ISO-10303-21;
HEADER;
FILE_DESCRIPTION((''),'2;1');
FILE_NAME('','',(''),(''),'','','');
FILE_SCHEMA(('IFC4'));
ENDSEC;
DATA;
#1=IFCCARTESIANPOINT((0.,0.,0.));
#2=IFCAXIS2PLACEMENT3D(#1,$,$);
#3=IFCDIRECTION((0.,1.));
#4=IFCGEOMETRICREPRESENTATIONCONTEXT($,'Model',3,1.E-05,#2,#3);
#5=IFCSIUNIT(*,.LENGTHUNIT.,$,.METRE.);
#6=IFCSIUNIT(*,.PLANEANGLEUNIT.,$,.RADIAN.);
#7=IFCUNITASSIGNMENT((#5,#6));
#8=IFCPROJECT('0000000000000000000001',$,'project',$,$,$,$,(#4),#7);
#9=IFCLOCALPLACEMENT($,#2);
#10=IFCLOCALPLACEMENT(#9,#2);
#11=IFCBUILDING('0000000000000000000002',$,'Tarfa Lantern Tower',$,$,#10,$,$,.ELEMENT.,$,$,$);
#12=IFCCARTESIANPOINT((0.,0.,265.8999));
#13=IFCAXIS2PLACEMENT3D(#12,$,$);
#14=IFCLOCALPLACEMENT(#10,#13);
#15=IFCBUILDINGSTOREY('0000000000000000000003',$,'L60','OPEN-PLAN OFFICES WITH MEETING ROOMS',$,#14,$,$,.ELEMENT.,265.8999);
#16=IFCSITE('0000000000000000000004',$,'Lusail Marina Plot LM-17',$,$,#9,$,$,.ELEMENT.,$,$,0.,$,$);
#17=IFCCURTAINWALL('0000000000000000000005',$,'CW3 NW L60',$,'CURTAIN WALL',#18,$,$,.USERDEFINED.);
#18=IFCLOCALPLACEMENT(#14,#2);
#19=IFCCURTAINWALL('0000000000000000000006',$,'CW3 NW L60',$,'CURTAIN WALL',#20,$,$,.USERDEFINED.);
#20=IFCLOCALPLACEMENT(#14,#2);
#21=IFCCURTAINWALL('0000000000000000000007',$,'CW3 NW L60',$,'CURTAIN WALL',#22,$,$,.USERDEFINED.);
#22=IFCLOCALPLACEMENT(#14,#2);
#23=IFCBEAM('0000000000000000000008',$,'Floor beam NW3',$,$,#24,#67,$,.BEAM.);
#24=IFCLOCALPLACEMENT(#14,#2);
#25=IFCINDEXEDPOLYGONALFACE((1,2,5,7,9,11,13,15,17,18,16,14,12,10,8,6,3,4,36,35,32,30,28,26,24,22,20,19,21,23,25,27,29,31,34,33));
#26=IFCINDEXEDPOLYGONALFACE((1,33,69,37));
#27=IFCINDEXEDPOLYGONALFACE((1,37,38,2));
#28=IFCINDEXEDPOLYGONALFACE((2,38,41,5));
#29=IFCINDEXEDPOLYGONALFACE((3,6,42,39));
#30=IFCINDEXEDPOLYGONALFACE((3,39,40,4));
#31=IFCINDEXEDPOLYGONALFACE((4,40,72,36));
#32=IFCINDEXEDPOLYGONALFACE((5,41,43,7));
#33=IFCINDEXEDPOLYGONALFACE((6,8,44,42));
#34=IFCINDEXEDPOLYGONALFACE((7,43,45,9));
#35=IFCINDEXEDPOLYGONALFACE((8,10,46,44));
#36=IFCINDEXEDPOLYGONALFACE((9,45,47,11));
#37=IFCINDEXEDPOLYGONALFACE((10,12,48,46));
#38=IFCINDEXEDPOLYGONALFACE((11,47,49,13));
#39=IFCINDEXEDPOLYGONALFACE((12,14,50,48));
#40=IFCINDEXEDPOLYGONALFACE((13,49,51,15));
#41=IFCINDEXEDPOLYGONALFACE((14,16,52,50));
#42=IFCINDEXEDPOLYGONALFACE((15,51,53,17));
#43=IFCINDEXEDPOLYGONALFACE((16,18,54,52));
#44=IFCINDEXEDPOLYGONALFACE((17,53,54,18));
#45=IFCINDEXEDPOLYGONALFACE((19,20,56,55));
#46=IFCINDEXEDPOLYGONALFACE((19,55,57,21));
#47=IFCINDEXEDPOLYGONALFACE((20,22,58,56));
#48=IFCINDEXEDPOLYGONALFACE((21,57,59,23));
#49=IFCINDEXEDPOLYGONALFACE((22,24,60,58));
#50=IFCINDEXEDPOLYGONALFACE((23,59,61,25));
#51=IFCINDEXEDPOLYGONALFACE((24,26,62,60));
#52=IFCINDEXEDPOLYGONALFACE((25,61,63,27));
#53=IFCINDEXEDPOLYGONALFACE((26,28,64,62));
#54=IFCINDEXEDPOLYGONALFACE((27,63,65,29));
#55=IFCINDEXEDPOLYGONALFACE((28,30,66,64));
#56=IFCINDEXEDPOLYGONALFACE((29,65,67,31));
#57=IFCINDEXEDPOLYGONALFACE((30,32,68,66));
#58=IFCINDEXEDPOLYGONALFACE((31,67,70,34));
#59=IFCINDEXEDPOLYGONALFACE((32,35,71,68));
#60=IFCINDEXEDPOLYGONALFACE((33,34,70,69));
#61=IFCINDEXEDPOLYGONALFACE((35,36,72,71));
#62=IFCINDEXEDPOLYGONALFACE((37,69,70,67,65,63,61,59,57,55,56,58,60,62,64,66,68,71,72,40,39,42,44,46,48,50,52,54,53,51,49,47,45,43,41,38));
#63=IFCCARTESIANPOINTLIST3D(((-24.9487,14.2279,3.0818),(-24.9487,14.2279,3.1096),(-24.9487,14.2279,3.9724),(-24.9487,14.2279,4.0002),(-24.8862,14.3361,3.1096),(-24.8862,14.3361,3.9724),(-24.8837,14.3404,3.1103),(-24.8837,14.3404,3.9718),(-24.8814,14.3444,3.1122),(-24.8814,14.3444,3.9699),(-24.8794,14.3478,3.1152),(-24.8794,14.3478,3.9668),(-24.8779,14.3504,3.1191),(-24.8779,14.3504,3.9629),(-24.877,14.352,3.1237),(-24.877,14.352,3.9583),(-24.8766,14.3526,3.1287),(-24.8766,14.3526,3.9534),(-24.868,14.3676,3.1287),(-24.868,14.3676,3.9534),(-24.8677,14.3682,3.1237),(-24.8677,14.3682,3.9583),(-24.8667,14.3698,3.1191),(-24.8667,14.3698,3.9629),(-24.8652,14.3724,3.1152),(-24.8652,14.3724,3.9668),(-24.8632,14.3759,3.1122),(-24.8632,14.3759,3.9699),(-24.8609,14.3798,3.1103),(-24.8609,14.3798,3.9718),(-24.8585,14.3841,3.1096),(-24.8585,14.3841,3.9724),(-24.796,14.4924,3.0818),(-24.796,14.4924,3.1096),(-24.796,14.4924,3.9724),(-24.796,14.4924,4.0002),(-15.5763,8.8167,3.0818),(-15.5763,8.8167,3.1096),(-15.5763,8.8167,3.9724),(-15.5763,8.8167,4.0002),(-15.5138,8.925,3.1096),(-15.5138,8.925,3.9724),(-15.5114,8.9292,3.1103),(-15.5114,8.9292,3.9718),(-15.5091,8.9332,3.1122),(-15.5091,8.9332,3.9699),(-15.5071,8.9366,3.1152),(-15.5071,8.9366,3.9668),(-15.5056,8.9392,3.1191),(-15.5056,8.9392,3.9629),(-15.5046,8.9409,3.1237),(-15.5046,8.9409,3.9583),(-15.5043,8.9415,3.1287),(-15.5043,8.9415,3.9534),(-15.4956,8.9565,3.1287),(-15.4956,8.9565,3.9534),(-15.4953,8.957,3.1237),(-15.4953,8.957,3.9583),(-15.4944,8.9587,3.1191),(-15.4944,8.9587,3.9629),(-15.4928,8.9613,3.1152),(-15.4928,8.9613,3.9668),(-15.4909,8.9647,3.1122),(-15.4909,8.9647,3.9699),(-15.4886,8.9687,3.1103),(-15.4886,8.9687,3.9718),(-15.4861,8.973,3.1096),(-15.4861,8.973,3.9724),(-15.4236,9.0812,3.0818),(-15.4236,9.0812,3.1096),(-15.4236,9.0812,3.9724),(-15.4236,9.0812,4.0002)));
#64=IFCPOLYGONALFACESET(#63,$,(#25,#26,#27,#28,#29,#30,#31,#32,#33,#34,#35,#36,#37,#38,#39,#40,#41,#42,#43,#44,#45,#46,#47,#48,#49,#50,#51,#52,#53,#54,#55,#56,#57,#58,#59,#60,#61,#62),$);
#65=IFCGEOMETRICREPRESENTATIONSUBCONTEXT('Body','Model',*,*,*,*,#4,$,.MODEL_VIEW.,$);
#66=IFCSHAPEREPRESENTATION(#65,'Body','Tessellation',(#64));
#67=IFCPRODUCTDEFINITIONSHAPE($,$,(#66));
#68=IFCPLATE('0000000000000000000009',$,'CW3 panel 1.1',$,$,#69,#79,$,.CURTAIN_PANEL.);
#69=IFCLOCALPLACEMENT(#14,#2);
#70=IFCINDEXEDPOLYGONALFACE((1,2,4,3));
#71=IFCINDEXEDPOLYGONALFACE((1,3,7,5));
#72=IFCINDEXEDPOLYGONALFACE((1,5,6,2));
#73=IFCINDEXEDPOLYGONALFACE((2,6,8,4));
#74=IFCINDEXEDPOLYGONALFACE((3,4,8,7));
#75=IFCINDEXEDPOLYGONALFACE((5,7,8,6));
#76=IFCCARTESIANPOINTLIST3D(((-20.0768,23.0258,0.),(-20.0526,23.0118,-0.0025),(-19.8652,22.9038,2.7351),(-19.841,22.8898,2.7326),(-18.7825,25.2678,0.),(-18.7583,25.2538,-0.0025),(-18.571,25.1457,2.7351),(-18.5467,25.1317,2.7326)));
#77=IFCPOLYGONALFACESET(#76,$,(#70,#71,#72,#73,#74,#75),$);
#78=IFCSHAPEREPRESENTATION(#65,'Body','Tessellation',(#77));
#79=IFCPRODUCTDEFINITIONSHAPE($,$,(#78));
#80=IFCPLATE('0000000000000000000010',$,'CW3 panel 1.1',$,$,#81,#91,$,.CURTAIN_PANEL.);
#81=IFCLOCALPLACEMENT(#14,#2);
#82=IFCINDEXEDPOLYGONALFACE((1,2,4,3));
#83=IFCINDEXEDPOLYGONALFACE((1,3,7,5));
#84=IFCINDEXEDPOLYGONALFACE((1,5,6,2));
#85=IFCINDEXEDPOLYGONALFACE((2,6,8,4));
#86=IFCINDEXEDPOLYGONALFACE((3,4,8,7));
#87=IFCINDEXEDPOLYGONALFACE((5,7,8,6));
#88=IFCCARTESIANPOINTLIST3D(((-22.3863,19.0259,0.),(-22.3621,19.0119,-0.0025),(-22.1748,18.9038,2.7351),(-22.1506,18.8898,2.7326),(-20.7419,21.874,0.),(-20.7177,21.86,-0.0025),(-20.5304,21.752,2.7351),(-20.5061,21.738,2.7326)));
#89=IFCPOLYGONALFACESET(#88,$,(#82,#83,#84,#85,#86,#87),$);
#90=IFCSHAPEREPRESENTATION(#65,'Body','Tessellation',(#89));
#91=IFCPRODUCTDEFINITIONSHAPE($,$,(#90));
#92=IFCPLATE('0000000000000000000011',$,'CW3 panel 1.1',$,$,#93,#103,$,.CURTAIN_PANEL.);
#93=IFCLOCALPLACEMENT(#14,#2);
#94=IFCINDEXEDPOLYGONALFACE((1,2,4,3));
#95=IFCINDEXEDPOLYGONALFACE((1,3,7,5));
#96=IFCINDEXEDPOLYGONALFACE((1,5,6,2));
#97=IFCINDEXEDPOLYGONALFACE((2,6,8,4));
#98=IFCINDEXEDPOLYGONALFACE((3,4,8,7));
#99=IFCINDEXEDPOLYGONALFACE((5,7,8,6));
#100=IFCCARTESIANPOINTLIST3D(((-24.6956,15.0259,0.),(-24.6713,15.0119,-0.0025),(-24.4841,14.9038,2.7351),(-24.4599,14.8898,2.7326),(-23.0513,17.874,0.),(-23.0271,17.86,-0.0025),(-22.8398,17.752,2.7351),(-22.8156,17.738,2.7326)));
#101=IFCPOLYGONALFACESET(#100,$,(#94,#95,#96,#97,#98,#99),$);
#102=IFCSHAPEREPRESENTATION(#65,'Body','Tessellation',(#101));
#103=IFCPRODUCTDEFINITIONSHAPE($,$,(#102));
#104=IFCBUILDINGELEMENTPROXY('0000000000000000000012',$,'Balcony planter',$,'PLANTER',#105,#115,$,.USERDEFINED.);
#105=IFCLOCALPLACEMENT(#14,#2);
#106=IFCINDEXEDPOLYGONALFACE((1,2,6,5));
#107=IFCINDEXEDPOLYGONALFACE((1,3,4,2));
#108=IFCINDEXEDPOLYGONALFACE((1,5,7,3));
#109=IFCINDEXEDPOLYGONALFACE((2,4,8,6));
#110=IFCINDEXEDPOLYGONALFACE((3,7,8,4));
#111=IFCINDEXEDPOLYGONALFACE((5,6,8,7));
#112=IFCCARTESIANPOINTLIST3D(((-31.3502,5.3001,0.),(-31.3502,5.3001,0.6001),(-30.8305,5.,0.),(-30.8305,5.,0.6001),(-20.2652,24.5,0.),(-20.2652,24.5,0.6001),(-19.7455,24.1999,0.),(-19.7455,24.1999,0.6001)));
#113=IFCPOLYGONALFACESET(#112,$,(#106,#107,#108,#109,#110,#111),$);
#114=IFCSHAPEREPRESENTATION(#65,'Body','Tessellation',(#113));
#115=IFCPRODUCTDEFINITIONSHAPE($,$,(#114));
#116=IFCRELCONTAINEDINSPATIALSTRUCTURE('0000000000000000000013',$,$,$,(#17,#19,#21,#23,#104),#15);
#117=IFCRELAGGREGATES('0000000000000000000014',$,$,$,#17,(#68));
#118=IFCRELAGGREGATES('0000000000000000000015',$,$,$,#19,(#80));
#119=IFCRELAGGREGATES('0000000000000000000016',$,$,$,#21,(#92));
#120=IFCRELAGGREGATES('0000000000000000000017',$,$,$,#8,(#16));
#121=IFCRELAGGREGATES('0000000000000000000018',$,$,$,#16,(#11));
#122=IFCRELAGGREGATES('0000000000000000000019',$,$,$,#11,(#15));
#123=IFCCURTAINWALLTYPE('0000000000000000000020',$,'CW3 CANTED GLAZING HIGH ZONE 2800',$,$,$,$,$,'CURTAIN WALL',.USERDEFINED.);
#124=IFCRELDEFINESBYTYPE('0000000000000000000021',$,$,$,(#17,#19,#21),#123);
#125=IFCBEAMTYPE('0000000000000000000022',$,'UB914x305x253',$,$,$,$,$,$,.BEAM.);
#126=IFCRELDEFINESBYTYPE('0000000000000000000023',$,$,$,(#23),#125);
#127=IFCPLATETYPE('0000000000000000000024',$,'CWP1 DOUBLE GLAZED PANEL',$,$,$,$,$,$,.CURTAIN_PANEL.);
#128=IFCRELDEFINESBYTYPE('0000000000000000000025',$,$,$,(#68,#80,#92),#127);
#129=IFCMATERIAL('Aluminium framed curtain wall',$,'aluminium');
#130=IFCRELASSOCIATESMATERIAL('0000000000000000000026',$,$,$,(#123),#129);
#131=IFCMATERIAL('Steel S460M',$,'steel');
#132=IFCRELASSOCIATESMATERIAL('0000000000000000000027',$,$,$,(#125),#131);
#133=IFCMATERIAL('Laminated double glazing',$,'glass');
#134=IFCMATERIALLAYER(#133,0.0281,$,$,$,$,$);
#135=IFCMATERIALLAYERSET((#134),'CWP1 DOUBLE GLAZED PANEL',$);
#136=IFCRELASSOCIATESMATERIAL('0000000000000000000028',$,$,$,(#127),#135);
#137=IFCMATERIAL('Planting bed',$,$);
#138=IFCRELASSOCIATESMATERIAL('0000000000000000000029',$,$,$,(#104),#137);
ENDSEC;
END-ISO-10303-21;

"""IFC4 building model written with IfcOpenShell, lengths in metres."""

from ifc_helpers import new_model, si_unit, direction, frame, origin, origin_2d, place, context, subcontext, project, spatial, polyline, rectangle, i_section, outline, extrude, material, layer, layer_set, material_profile, profile_set, type_object, element, aggregate, save


model = new_model("IFC4")

# Units and contexts
model_context = context("Model", 3, precision=1e-05, world=origin(), true_north=direction((0.0, 1.0)))
body_context = subcontext(model_context, "Body", "Model", "MODEL_VIEW")
ifc_project = project(units=[si_unit("LENGTHUNIT", "METRE"), si_unit("PLANEANGLEUNIT", "RADIAN")], contexts=[model_context])

# Site, building, storey
site_placement = place(None, origin())
site = spatial("IfcSite", under=ifc_project, at=site_placement, Name="Lusail Marina Plot LM-17", CompositionType="ELEMENT", RefElevation=0.0)
building_placement = place(site_placement, origin())
building = spatial("IfcBuilding", under=site, at=building_placement, Name="Tarfa Lantern Tower", CompositionType="ELEMENT")
storey_placement = place(building_placement, frame((0.0, 0.0, 265.8999)))
storey = spatial("IfcBuildingStorey", under=building, at=storey_placement, Name="L60", Description="OPEN-PLAN OFFICES WITH MEETING ROOMS", CompositionType="ELEMENT", Elevation=265.8999)

# Curtain walls
ifc_material_1 = material(Name="Aluminium framed curtain wall", Category="aluminium")
curtain_wall_type = type_object("IfcCurtainWallType", Name="CW3 CANTED GLAZING HIGH ZONE 2800", ElementType="CURTAIN WALL", PredefinedType="USERDEFINED", material=ifc_material_1)
curtain_wall_1_placement = place(storey_placement, origin())
curtain_wall_1 = element("IfcCurtainWall", 1, at=curtain_wall_1_placement, inside=storey, type_object=curtain_wall_type, Name="CW3 NW L60", ObjectType="CURTAIN WALL", PredefinedType="USERDEFINED")
curtain_wall_2_placement = place(storey_placement, origin())
curtain_wall_2 = element("IfcCurtainWall", 2, at=curtain_wall_2_placement, inside=storey, type_object=curtain_wall_type, Name="CW3 NW L60", ObjectType="CURTAIN WALL", PredefinedType="USERDEFINED")
curtain_wall_3_placement = place(storey_placement, origin())
curtain_wall_3 = element("IfcCurtainWall", 3, at=curtain_wall_3_placement, inside=storey, type_object=curtain_wall_type, Name="CW3 NW L60", ObjectType="CURTAIN WALL", PredefinedType="USERDEFINED")

# Beam
ifc_material_2 = material(Name="Steel S460M", Category="steel")
ifc_material_profile_1 = material_profile(ifc_material_2, i_section(OverallWidth=0.3054, OverallDepth=0.9185, WebThickness=0.0173, FlangeThickness=0.0278, FilletRadius=0.019, at=origin_2d()), Name="UB914x305x253")
ifc_profile_set_1 = profile_set([ifc_material_profile_1], Name="Steel S460M")
beam_type_1 = type_object("IfcBeamType", Name="UB914x305x253", PredefinedType="BEAM", material=ifc_profile_set_1)
beam_1_placement = place(storey_placement, frame((-24.8723, 14.3601, 3.541), z_axis=(0.866024, -0.500002, 0.0), x_axis=(0.500002, 0.866024, 0.0)))
element("IfcBeam", 4, at=beam_1_placement, inside=storey, type_object=beam_type_1, Name="Floor beam NW3", PredefinedType="BEAM", context=body_context, shape_type="SweptSolid", body=[
    extrude(i_section(OverallWidth=0.3054, OverallDepth=0.9185, WebThickness=0.0173, FlangeThickness=0.0278, FilletRadius=0.019, at=origin_2d()), origin(), (0.0, 0.0, 1.0), 10.8223),
])

# Plates
ifc_material_3 = material(Name="Laminated double glazing", Category="glass")
ifc_layer = layer(ifc_material_3, 0.0281)
ifc_layer_set = layer_set([ifc_layer], Name="CWP1 DOUBLE GLAZED PANEL")
plate_type = type_object("IfcPlateType", Name="CWP1 DOUBLE GLAZED PANEL", PredefinedType="CURTAIN_PANEL", material=ifc_layer_set)
plate_1_placement = place(storey_placement, frame((-18.7825, 25.2678, 0.0), z_axis=(-0.862605, 0.497997, 0.088945), x_axis=(-0.499979, -0.866038, -0.000004)))
plate_1 = element("IfcPlate", 5, at=plate_1_placement, type_object=plate_type, Name="CW3 panel 1.1", PredefinedType="CURTAIN_PANEL", context=body_context, shape_type="SweptSolid", body=[
    extrude(outline(polyline([(0.0, 0.0), (2.5888, 0.0), (2.5887, 2.746), (0.0, 2.746), (0.0, 0.0)])), origin(), (0.0, 0.0, -1.0), 0.0281),
])
aggregate(curtain_wall_1, [plate_1])
plate_2_placement = place(storey_placement, frame((-20.7419, 21.874, 0.0), z_axis=(-0.862589, 0.498026, 0.088945), x_axis=(-0.500007, -0.866021, 0.000003)))
plate_2 = element("IfcPlate", 6, at=plate_2_placement, type_object=plate_type, Name="CW3 panel 1.1", PredefinedType="CURTAIN_PANEL", context=body_context, shape_type="SweptSolid", body=[
    extrude(outline(polyline([(0.0, 0.0), (3.2887, 0.0), (3.2887, 2.746), (-0.0001, 2.746), (0.0, 0.0)])), origin(), (0.0, 0.0, -1.0), 0.0281),
])
aggregate(curtain_wall_2, [plate_2])
plate_3_placement = place(storey_placement, frame((-23.0513, 17.874, 0.0), z_axis=(-0.862608, 0.498, 0.088906), x_axis=(-0.499979, -0.866037, 0.0)))
plate_3 = element("IfcPlate", 7, at=plate_3_placement, type_object=plate_type, Name="CW3 panel 1.1", PredefinedType="CURTAIN_PANEL", context=body_context, shape_type="SweptSolid", body=[
    extrude(outline(polyline([(0.0, 0.0), (3.2887, 0.0), (3.2887, 2.746), (0.0, 2.746), (0.0, 0.0)])), origin(), (0.0, 0.0, -1.0), 0.0281),
])
aggregate(curtain_wall_3, [plate_3])

# Building element proxy
ifc_material_4 = material(Name="Planting bed")
proxy_placement = place(storey_placement, frame((-25.5479, 14.75, 0.0), z_axis=(0.0, 0.0, 1.0), x_axis=(-0.5, -0.866025, 0.0)))
element("IfcBuildingElementProxy", 8, at=proxy_placement, inside=storey, material=ifc_material_4, Name="Balcony planter", ObjectType="PLANTER", PredefinedType="USERDEFINED", context=body_context, shape_type="SweptSolid", body=[
    extrude(rectangle(XDim=22.1702, YDim=0.6001, at=origin_2d()), origin(), (0.0, 0.0, 1.0), 0.6001),
])

save(model, "model.ifc")
